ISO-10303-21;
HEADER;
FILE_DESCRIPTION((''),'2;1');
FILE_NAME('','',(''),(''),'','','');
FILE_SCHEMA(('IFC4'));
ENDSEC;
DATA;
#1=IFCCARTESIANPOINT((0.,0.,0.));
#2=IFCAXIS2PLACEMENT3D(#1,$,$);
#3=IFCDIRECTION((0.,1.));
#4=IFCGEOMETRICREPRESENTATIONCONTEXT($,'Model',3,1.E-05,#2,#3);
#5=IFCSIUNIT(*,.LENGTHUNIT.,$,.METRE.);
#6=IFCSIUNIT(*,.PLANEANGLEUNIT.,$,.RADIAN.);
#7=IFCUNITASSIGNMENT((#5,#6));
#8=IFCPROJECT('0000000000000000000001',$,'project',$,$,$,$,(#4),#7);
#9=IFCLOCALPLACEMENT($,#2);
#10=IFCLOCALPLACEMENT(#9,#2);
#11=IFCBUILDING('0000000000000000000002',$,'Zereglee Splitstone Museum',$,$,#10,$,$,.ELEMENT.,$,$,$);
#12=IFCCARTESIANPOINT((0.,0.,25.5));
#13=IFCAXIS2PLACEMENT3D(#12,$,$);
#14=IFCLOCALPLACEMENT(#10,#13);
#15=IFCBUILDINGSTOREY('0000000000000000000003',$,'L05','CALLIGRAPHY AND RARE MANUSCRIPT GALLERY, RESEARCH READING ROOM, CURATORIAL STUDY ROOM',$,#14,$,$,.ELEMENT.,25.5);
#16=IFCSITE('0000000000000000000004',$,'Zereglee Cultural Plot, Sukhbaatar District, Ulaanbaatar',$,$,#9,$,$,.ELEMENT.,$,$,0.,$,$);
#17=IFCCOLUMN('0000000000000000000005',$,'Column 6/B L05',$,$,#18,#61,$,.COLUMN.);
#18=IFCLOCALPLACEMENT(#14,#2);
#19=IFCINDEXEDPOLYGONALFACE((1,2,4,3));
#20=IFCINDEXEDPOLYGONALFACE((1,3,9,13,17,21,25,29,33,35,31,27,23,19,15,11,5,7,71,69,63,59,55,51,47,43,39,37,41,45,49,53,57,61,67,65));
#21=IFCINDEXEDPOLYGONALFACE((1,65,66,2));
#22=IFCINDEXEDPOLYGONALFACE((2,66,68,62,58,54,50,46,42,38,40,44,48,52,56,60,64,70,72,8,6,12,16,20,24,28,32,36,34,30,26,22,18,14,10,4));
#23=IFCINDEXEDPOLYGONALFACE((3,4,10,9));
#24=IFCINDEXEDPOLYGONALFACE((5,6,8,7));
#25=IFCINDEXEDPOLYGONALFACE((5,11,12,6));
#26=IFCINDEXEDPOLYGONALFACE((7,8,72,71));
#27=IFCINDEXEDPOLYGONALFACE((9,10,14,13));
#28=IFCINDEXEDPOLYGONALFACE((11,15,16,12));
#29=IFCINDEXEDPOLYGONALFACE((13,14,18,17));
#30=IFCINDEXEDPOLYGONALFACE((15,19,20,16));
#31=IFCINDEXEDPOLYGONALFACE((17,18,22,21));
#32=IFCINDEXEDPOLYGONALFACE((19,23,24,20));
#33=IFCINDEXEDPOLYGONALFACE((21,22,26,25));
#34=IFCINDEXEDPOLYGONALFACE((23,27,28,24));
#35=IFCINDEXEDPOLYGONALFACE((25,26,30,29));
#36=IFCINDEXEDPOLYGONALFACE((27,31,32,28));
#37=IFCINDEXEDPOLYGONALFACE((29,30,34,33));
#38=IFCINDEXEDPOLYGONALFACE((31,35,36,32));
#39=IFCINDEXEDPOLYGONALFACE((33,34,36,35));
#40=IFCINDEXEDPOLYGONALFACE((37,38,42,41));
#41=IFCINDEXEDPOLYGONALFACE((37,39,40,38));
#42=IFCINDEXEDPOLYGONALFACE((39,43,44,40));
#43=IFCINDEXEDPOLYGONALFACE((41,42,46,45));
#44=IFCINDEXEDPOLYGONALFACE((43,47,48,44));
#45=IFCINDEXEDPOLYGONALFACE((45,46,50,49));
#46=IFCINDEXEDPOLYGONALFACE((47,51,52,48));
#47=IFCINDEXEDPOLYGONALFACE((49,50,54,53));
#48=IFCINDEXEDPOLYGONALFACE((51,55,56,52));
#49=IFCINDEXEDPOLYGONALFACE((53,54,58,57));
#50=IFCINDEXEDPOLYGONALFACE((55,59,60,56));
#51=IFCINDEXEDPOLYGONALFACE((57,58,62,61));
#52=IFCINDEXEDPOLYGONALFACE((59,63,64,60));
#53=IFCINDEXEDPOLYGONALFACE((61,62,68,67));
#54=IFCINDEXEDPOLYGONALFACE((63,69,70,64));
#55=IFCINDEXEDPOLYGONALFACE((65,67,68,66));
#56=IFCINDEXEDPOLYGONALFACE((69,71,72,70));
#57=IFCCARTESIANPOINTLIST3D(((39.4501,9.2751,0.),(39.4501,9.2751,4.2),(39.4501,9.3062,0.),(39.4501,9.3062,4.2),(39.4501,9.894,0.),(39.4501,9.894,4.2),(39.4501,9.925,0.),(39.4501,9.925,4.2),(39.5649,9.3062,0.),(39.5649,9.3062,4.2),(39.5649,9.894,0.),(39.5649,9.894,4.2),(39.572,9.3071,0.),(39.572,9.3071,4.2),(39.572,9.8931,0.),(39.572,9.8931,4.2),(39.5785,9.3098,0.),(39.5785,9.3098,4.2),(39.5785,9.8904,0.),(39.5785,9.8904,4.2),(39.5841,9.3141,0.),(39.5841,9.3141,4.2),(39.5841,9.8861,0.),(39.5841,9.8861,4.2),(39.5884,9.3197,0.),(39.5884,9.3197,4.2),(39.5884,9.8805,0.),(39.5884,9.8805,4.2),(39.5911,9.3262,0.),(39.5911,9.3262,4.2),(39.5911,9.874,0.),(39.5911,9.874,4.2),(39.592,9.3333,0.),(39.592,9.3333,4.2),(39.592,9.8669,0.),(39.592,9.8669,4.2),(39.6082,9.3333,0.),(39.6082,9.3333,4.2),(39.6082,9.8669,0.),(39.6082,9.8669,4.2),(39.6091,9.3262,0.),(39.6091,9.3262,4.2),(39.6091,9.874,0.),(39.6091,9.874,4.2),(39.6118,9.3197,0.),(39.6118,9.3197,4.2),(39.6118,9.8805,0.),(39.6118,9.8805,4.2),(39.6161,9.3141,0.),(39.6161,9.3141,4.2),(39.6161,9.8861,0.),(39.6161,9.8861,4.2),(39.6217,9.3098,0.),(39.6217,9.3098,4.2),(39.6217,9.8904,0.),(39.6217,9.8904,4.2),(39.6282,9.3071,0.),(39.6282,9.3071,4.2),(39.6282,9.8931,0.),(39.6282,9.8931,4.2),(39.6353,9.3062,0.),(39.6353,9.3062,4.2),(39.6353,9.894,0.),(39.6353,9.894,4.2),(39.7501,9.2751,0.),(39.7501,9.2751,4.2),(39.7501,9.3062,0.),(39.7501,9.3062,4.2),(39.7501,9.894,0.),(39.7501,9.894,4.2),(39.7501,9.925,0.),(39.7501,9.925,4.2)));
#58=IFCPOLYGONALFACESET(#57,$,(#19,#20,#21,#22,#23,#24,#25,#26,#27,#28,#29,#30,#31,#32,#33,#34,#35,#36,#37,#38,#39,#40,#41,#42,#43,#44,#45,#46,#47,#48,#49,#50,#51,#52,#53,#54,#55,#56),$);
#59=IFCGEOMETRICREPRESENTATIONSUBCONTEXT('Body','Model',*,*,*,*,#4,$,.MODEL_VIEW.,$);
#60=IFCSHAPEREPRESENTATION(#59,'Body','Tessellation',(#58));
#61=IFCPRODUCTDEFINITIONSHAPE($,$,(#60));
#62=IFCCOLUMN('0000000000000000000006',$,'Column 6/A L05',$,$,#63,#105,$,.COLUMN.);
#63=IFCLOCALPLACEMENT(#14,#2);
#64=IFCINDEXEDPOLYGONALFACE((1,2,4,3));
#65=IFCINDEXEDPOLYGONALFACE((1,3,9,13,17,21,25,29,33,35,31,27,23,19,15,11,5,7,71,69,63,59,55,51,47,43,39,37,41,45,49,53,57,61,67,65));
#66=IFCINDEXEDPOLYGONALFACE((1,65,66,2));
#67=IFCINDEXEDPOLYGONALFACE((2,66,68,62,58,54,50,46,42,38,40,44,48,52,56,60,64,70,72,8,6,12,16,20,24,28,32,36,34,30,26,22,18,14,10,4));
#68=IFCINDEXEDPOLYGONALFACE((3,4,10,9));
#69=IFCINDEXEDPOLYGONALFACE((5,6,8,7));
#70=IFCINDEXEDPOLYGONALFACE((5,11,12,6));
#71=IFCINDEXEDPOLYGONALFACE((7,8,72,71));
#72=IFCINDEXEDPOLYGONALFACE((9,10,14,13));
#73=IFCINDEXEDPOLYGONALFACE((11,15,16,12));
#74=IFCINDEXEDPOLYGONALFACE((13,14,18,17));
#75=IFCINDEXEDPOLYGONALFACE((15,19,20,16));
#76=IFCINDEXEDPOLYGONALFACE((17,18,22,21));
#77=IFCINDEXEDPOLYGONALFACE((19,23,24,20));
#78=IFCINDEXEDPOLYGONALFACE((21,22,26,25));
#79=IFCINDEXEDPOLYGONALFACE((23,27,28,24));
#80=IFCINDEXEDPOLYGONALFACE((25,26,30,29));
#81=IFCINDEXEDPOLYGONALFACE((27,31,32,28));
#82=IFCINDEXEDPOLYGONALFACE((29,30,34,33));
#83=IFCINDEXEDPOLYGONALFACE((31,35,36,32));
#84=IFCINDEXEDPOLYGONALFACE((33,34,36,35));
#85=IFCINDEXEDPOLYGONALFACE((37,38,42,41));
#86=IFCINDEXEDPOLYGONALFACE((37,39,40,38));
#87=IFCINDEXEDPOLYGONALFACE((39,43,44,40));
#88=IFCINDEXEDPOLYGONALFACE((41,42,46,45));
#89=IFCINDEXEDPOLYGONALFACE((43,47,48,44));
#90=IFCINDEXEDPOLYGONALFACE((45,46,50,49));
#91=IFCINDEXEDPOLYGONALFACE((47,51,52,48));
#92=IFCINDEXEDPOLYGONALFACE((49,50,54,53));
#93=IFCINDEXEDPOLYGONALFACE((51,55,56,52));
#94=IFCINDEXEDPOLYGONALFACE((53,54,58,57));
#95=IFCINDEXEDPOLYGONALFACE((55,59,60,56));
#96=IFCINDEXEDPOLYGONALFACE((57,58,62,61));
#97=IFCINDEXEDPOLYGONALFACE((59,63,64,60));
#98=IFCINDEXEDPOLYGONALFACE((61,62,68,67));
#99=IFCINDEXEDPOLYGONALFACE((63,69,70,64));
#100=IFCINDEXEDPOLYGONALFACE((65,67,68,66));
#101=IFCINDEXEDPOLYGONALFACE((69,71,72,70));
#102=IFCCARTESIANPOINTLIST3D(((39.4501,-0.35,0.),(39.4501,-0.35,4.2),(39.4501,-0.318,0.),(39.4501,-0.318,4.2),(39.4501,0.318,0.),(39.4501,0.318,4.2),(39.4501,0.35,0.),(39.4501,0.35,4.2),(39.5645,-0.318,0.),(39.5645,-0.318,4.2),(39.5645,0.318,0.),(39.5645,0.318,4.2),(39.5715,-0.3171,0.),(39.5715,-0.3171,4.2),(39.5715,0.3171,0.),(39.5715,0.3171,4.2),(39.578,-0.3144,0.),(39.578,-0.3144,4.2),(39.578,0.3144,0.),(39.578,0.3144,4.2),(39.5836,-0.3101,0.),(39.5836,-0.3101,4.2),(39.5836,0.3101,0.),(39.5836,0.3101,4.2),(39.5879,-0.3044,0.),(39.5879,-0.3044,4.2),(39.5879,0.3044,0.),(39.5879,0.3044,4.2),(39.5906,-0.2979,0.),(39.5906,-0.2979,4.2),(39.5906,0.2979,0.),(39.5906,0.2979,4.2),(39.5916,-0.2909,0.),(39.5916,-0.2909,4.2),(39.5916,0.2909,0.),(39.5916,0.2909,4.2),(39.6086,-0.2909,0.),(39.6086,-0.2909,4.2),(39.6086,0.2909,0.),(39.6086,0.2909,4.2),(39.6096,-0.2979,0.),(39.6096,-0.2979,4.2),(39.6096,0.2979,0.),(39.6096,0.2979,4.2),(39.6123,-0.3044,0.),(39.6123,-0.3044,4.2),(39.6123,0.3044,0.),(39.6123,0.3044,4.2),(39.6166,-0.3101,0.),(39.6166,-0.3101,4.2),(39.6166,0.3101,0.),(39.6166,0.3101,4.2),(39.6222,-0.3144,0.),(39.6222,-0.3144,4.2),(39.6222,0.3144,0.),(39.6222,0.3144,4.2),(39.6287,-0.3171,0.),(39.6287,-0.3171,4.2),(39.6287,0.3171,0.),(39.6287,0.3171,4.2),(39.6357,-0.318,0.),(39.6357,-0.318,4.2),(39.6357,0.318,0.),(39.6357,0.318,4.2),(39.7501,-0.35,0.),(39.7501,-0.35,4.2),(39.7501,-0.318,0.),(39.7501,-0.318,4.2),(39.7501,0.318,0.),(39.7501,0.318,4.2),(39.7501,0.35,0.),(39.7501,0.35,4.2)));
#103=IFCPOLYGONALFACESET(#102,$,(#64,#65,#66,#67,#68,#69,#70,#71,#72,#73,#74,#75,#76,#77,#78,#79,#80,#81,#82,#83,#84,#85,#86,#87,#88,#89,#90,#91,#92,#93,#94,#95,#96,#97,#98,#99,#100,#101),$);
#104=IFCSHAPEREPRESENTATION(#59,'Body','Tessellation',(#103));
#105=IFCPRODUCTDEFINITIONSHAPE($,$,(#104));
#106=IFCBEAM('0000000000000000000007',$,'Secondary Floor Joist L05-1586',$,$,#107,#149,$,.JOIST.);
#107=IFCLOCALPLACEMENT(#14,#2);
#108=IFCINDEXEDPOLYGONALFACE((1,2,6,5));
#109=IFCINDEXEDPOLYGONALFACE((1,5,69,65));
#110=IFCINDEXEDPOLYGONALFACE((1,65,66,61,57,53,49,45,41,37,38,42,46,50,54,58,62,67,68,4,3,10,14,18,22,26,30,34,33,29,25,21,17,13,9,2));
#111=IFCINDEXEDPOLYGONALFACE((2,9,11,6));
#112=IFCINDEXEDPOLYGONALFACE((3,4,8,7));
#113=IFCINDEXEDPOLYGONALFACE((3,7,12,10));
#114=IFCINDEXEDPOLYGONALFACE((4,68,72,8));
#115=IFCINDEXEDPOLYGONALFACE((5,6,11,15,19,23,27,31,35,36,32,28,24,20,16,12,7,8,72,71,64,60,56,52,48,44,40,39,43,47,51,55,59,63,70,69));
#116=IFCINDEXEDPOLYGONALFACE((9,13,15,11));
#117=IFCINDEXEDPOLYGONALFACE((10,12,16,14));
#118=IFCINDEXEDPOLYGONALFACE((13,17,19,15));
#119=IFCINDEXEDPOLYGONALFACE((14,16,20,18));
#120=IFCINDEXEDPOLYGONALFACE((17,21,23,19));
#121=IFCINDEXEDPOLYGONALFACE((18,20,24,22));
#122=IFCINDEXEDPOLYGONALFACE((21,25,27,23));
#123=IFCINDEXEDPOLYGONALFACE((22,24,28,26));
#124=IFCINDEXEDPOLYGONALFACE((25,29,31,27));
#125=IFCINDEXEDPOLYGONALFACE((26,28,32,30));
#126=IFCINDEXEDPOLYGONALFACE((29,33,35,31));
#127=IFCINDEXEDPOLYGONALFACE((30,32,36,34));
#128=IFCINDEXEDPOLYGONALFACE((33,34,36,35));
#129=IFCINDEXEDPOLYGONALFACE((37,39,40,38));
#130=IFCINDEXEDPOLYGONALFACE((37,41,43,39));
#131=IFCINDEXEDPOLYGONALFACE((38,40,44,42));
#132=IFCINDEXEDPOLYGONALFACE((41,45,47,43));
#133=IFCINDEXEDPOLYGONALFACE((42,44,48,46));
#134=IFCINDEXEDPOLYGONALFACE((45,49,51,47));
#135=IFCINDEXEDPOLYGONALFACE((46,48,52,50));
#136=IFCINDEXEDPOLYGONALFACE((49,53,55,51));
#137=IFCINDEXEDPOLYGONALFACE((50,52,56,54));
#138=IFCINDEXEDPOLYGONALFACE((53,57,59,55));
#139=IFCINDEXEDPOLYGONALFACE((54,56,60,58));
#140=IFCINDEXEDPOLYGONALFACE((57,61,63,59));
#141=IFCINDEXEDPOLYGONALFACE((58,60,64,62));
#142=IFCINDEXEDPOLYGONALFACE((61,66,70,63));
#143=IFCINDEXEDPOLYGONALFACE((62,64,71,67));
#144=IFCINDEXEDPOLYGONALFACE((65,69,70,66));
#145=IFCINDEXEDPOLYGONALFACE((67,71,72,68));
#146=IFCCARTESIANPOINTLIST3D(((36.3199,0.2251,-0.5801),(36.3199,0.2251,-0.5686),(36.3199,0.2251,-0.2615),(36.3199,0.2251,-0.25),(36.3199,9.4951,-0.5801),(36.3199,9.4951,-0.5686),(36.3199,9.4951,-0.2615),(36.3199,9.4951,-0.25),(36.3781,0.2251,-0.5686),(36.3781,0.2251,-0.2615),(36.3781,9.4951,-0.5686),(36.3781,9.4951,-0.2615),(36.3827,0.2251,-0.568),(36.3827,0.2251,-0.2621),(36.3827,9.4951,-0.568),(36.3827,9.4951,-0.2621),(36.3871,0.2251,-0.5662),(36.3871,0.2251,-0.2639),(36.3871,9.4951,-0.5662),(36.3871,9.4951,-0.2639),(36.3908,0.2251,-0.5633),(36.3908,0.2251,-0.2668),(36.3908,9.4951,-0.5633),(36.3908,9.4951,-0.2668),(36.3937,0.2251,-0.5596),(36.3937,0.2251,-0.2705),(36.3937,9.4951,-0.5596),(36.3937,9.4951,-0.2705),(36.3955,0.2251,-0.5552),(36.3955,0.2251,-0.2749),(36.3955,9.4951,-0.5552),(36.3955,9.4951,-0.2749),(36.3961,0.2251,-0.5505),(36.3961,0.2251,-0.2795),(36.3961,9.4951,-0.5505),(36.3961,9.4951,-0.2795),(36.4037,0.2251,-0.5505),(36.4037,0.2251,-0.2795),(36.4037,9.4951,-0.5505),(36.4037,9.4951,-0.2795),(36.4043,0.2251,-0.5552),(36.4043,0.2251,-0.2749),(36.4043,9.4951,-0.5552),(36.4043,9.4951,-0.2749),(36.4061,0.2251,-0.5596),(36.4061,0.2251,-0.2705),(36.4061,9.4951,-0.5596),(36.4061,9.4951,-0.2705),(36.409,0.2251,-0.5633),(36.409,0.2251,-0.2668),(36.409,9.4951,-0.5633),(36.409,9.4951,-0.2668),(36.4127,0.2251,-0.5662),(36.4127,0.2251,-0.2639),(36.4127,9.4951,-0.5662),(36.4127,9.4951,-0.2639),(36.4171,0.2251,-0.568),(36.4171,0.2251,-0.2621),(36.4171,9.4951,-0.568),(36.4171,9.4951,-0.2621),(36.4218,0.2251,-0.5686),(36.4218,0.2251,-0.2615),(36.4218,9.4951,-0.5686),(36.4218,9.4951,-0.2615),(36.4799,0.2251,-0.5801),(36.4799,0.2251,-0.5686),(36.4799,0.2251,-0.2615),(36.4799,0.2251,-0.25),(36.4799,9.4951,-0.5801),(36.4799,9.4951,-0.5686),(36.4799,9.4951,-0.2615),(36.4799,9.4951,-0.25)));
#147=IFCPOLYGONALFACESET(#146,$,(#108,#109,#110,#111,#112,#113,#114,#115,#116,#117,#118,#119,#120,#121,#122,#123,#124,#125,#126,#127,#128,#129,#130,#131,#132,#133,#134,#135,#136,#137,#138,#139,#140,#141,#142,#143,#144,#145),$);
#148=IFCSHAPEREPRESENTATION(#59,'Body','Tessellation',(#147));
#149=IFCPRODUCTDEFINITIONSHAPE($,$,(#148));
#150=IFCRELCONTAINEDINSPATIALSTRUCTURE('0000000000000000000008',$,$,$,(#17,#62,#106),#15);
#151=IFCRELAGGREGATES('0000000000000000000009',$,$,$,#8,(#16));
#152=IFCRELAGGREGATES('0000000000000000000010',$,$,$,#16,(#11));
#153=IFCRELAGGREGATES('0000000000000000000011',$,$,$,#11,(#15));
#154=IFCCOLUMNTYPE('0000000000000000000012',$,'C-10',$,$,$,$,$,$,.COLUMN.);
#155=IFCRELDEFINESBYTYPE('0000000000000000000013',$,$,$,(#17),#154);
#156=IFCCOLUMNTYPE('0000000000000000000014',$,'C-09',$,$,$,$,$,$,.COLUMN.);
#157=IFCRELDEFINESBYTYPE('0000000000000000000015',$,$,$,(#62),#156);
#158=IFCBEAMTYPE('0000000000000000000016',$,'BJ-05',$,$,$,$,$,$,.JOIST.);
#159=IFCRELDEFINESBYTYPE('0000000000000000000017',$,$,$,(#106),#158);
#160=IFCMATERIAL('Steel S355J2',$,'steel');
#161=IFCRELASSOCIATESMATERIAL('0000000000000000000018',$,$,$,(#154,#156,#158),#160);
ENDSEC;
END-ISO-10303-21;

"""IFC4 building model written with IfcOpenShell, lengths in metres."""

from ifc_helpers import new_model, si_unit, direction, frame, origin, origin_2d, place, context, subcontext, project, spatial, i_section, extrude, material, material_profile, profile_set, type_object, element, save


model = new_model("IFC4")

# Units and contexts
model_context = context("Model", 3, precision=1e-05, world=origin(), true_north=direction((0.0, 1.0)))
body_context = subcontext(model_context, "Body", "Model", "MODEL_VIEW")
ifc_project = project(units=[si_unit("LENGTHUNIT", "METRE"), si_unit("PLANEANGLEUNIT", "RADIAN")], contexts=[model_context])

# Site, building, storey
site_placement = place(None, origin())
site = spatial("IfcSite", under=ifc_project, at=site_placement, Name="Zereglee Cultural Plot, Sukhbaatar District, Ulaanbaatar", CompositionType="ELEMENT", RefElevation=0.0)
building_placement = place(site_placement, origin())
building = spatial("IfcBuilding", under=site, at=building_placement, Name="Zereglee Splitstone Museum", CompositionType="ELEMENT")
storey_placement = place(building_placement, frame((0.0, 0.0, 25.5)))
storey = spatial("IfcBuildingStorey", under=building, at=storey_placement, Name="L05", Description="CALLIGRAPHY AND RARE MANUSCRIPT GALLERY, RESEARCH READING ROOM, CURATORIAL STUDY ROOM", CompositionType="ELEMENT", Elevation=25.5)

# Columns
ifc_material_1 = material(Name="Steel S355J2", Category="steel")
ifc_material_profile_1 = material_profile(ifc_material_1, i_section(OverallWidth=0.3, OverallDepth=0.6499, WebThickness=0.0161, FlangeThickness=0.031, FilletRadius=0.0271, at=origin_2d()), Name="HE 650 B")
ifc_profile_set_1 = profile_set([ifc_material_profile_1], Name="Steel S355J2")
column_type_1 = type_object("IfcColumnType", Name="C-10", PredefinedType="COLUMN", material=ifc_profile_set_1)
column_1_placement = place(storey_placement, frame((39.6001, 9.6001, 0.0), z_axis=(0.0, 0.0, 1.0), x_axis=(1.0, 0.0, 0.0)))
element("IfcColumn", 1, at=column_1_placement, inside=storey, type_object=column_type_1, Name="Column 6/B L05", PredefinedType="COLUMN", context=body_context, shape_type="SweptSolid", body=[
    extrude(i_section(OverallWidth=0.3, OverallDepth=0.6499, WebThickness=0.0161, FlangeThickness=0.031, FilletRadius=0.0271, at=origin_2d()), origin(), (0.0, 0.0, 1.0), 4.2),
])
ifc_material_profile_2 = material_profile(ifc_material_1, i_section(OverallWidth=0.3, OverallDepth=0.7, WebThickness=0.0171, FlangeThickness=0.032, FilletRadius=0.0271, at=origin_2d()), Name="HE 700 B")
ifc_profile_set_2 = profile_set([ifc_material_profile_2], Name="Steel S355J2")
column_type_2 = type_object("IfcColumnType", Name="C-09", PredefinedType="COLUMN", material=ifc_profile_set_2)
column_2_placement = place(storey_placement, frame((39.6001, 0.0, 0.0), z_axis=(0.0, 0.0, 1.0), x_axis=(1.0, 0.0, 0.0)))
element("IfcColumn", 2, at=column_2_placement, inside=storey, type_object=column_type_2, Name="Column 6/A L05", PredefinedType="COLUMN", context=body_context, shape_type="SweptSolid", body=[
    extrude(i_section(OverallWidth=0.3, OverallDepth=0.7, WebThickness=0.0171, FlangeThickness=0.032, FilletRadius=0.0271, at=origin_2d()), origin(), (0.0, 0.0, 1.0), 4.2),
])

# Beam
ifc_material_profile_3 = material_profile(ifc_material_1, i_section(OverallWidth=0.1599, OverallDepth=0.3301, WebThickness=0.0076, FlangeThickness=0.0115, FilletRadius=0.0181, at=origin_2d()), Name="IPE 330")
ifc_profile_set_3 = profile_set([ifc_material_profile_3], Name="Steel S355J2")
beam_type_1 = type_object("IfcBeamType", Name="BJ-05", PredefinedType="JOIST", material=ifc_profile_set_3)
beam_1_placement = place(storey_placement, frame((36.3999, 0.2251, -0.415), z_axis=(0.0, 1.0, 0.0), x_axis=(-1.0, 0.0, 0.0)))
element("IfcBeam", 3, at=beam_1_placement, inside=storey, type_object=beam_type_1, Name="Secondary Floor Joist L05-1586", PredefinedType="JOIST", context=body_context, shape_type="SweptSolid", body=[
    extrude(i_section(OverallWidth=0.1599, OverallDepth=0.3301, WebThickness=0.0076, FlangeThickness=0.0115, FilletRadius=0.0181, at=origin_2d()), origin(), (0.0, 0.0, 1.0), 9.27),
])

save(model, "model.ifc")
